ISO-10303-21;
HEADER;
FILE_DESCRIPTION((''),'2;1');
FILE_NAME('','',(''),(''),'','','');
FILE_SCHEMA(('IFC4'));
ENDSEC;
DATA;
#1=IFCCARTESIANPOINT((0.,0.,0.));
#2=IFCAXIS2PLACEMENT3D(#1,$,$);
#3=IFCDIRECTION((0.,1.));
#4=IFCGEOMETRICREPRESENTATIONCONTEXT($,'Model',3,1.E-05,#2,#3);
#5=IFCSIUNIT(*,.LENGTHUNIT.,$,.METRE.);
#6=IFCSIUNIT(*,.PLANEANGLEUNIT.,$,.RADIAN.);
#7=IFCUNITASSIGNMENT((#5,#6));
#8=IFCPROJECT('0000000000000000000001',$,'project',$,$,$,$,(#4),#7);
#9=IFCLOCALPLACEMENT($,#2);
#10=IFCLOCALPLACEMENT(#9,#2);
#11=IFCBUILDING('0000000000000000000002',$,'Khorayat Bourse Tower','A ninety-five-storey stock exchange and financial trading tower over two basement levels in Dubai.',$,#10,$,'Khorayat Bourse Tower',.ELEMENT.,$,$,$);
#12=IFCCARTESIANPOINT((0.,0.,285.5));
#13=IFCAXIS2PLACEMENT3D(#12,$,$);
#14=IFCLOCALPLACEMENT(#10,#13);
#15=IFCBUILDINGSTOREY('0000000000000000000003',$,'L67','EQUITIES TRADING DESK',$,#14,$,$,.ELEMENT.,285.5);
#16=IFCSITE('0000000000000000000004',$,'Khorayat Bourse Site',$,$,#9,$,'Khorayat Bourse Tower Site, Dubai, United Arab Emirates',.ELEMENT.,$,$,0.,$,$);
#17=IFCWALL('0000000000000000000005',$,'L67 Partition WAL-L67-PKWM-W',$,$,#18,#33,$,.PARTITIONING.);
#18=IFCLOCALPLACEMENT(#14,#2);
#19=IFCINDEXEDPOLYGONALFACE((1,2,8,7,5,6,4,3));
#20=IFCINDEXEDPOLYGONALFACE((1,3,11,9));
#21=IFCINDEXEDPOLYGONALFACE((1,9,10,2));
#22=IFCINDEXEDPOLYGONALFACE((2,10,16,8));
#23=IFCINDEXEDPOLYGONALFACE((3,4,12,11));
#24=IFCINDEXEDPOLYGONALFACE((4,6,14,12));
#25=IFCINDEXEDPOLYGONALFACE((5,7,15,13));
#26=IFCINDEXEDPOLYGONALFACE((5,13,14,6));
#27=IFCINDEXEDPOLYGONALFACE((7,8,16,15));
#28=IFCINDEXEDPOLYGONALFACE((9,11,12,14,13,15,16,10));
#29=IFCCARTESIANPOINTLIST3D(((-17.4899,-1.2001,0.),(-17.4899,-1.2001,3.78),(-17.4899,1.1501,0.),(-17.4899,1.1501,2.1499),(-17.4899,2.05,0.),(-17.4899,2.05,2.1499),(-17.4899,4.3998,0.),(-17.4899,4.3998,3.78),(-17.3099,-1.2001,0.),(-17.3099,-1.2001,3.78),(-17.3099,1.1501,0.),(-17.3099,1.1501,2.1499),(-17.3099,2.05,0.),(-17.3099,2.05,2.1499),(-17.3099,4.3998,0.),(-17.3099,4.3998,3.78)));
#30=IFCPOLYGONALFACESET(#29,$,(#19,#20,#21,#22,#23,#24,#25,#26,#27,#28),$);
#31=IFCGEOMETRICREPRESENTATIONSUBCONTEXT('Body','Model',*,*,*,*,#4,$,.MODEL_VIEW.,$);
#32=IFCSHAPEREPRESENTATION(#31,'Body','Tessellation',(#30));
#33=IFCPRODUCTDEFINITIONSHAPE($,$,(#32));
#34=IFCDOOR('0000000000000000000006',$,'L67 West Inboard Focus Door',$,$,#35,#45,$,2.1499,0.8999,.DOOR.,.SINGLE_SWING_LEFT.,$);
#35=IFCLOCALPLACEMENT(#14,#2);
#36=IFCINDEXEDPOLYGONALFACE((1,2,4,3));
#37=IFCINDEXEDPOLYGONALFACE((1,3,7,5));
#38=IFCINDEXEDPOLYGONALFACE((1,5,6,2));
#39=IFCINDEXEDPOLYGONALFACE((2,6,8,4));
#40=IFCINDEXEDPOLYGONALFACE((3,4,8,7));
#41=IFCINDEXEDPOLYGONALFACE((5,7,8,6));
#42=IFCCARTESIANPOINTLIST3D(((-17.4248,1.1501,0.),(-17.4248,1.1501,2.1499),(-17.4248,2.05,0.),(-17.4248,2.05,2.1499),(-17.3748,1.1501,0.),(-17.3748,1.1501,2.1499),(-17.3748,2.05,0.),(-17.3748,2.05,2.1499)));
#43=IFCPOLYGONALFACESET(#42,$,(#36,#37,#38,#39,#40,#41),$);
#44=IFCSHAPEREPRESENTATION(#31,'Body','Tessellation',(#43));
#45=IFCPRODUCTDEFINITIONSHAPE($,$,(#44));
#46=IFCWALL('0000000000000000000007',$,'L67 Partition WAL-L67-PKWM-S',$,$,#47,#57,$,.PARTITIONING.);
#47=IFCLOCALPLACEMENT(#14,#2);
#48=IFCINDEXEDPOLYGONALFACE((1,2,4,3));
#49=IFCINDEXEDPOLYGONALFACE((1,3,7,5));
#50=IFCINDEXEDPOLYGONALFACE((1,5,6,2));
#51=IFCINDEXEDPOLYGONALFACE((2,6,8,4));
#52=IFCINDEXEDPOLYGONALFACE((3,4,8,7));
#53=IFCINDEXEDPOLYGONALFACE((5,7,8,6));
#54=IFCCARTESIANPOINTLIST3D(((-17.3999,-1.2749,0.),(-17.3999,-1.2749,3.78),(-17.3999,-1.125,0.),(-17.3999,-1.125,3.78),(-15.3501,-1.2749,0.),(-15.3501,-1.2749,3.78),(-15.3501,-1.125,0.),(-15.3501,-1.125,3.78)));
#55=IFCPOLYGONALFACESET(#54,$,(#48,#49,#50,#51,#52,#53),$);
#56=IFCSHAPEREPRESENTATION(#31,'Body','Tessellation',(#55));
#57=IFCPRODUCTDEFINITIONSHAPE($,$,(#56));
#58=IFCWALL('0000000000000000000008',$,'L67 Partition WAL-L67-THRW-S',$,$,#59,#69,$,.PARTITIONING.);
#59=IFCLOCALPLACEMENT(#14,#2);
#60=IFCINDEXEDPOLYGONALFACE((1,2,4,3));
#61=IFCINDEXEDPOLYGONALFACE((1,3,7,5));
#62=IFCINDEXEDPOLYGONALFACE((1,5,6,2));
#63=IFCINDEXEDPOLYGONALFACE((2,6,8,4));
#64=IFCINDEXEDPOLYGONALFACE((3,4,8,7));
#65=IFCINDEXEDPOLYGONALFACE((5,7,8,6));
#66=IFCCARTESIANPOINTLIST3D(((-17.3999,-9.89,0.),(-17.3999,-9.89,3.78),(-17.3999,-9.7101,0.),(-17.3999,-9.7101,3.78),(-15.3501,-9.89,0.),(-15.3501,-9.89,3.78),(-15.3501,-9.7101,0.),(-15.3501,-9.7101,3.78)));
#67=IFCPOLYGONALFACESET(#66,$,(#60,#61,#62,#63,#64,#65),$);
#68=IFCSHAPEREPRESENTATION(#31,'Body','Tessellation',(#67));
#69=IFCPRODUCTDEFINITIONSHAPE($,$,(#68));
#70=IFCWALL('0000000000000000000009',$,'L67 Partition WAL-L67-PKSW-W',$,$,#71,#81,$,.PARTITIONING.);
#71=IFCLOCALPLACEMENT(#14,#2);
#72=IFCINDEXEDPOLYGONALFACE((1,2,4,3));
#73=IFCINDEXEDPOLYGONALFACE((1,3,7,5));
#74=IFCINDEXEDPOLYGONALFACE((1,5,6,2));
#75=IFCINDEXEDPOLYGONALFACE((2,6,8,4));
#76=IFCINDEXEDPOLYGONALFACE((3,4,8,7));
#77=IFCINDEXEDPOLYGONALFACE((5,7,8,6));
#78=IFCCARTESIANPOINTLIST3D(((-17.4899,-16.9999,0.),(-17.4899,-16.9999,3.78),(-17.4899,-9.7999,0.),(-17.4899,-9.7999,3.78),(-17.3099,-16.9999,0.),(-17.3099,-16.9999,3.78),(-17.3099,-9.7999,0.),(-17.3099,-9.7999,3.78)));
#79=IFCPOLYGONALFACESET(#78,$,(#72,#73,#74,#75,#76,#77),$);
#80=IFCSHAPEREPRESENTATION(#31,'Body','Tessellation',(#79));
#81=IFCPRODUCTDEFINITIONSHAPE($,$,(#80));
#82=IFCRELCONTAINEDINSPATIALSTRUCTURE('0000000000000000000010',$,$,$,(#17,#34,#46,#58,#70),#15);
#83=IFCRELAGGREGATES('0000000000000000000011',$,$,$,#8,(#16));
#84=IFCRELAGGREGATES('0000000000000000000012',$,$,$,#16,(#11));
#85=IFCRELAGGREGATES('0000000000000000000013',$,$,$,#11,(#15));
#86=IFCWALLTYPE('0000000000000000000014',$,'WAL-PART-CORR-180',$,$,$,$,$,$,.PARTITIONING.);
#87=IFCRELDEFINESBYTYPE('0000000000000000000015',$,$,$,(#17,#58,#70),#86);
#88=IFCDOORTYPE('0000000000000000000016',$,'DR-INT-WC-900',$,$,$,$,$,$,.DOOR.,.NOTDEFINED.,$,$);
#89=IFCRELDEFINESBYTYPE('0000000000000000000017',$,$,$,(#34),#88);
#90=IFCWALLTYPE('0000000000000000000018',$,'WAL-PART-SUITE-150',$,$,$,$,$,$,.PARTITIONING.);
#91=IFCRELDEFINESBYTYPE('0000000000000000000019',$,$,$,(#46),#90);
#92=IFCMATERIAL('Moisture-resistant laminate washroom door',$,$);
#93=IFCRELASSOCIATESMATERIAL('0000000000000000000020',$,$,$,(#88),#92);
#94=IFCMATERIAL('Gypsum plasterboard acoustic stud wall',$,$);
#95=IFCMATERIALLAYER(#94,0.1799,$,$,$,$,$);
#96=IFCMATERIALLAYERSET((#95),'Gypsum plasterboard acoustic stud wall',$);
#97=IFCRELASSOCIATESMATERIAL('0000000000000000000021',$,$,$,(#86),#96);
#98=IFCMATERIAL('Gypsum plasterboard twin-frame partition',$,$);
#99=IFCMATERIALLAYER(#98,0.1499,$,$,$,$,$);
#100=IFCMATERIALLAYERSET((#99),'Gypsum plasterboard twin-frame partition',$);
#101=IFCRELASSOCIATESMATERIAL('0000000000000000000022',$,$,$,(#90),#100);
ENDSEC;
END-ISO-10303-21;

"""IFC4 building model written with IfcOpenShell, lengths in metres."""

from ifc_helpers import new_model, si_unit, direction, frame, frame_2d, origin, place, context, subcontext, project, spatial, rectangle, extrude, source, transform, mapped, material, layer, layer_set, type_object, element, fill, save


model = new_model("IFC4")

# Units and contexts
model_context = context("Model", 3, precision=1e-05, world=origin(), true_north=direction((0.0, 1.0)))
body_context = subcontext(model_context, "Body", "Model", "MODEL_VIEW")
ifc_project = project(units=[si_unit("LENGTHUNIT", "METRE"), si_unit("PLANEANGLEUNIT", "RADIAN")], contexts=[model_context])

# Site, building, storey
site_placement = place(None, origin())
site = spatial("IfcSite", under=ifc_project, at=site_placement, Name="Khorayat Bourse Site", LongName="Khorayat Bourse Tower Site, Dubai, United Arab Emirates", CompositionType="ELEMENT", RefElevation=0.0)
building_placement = place(site_placement, origin())
building = spatial("IfcBuilding", under=site, at=building_placement, Name="Khorayat Bourse Tower", Description="A ninety-five-storey stock exchange and financial trading tower over two basement levels in Dubai.", LongName="Khorayat Bourse Tower", CompositionType="ELEMENT")
storey_placement = place(building_placement, frame((0.0, 0.0, 285.5)))
storey = spatial("IfcBuildingStorey", under=building, at=storey_placement, Name="L67", Description="EQUITIES TRADING DESK", CompositionType="ELEMENT", Elevation=285.5)

# Shared definitions
ifc_material_1 = material(Name="Moisture-resistant laminate washroom door")
door_type_1 = type_object("IfcDoorType", Name="DR-INT-WC-900", OperationType="NOTDEFINED", PredefinedType="DOOR", material=ifc_material_1)
shared_shape_1 = source(origin(), body_context, "Body", "SweptSolid", [
    extrude(rectangle(XDim=0.8999, YDim=2.1499, at=frame_2d((0.45, 1.075))), frame((0.0, 0.0249, 0.0), z_axis=(0.0, -1.0, 0.0), x_axis=(1.0, 0.0, 0.0)), (0.0, 0.0, 1.0), 0.05),
])

# Shared definitions
ifc_material_2 = material(Name="Gypsum plasterboard acoustic stud wall")
ifc_layer_1 = layer(ifc_material_2, 0.1799)
ifc_layer_set_1 = layer_set([ifc_layer_1], Name="Gypsum plasterboard acoustic stud wall")
wall_type_1 = type_object("IfcWallType", Name="WAL-PART-CORR-180", PredefinedType="PARTITIONING", material=ifc_layer_set_1)

# Wall, opening, door
shared_shape_2 = source(origin(), body_context, "Body", "SweptSolid", [
    extrude(rectangle(XDim=5.5999, YDim=0.1799, at=frame_2d((2.7998, 0.0))), origin(), (0.0, 0.0, 1.0), 3.78),
])
wall_1_placement = place(storey_placement, frame((-17.3999, -1.2, 0.0), z_axis=(0.0, 0.0, 1.0), x_axis=(0.0, 1.0, 0.0)))
wall_1 = element("IfcWall", 1, at=wall_1_placement, inside=storey, type_object=wall_type_1, Name="L67 Partition WAL-L67-PKWM-W", PredefinedType="PARTITIONING", context=body_context, shape_type="MappedRepresentation", body=[
    mapped(shared_shape_2, transform((0.0, 0.0, 0.0), scale=1.0)),
])
shared_shape_3 = source(origin(), body_context, "Body", "SweptSolid", [
    extrude(rectangle(XDim=0.8999, YDim=2.1499, at=frame_2d((0.45, 1.075))), frame((0.0, 0.0999, 0.0), z_axis=(0.0, -1.0, 0.0), x_axis=(1.0, 0.0, 0.0)), (0.0, 0.0, 1.0), 0.2),
])
opening_1_placement = place(wall_1_placement, frame((2.3501, 0.0, 0.0)))
opening_1 = element("IfcOpeningElement", 2, at=opening_1_placement, cuts=wall_1, PredefinedType="OPENING", context=body_context, shape_type="MappedRepresentation", body=[
    mapped(shared_shape_3, transform((0.0, 0.0, 0.0), scale=1.0)),
])
door_1_placement = place(opening_1_placement, origin())
door_1 = element("IfcDoor", 3, at=door_1_placement, inside=storey, type_object=door_type_1, Name="L67 West Inboard Focus Door", OperationType="SINGLE_SWING_LEFT", OverallHeight=2.1499, OverallWidth=0.8999, PredefinedType="DOOR", context=body_context, shape_type="MappedRepresentation", body=[
    mapped(shared_shape_1, transform((0.0, 0.0, 0.0), scale=1.0)),
])
fill(opening_1, door_1)

# Walls
ifc_material_3 = material(Name="Gypsum plasterboard twin-frame partition")
ifc_layer_2 = layer(ifc_material_3, 0.1499)
ifc_layer_set_2 = layer_set([ifc_layer_2], Name="Gypsum plasterboard twin-frame partition")
wall_type_2 = type_object("IfcWallType", Name="WAL-PART-SUITE-150", PredefinedType="PARTITIONING", material=ifc_layer_set_2)
shared_shape_4 = source(origin(), body_context, "Body", "SweptSolid", [
    extrude(rectangle(XDim=2.0498, YDim=0.1499, at=frame_2d((1.0249, 0.0))), origin(), (0.0, 0.0, 1.0), 3.78),
])
wall_2_placement = place(storey_placement, frame((-17.3999, -1.2, 0.0), z_axis=(0.0, 0.0, 1.0), x_axis=(1.0, 0.0, 0.0)))
element("IfcWall", 4, at=wall_2_placement, inside=storey, type_object=wall_type_2, Name="L67 Partition WAL-L67-PKWM-S", PredefinedType="PARTITIONING", context=body_context, shape_type="MappedRepresentation", body=[
    mapped(shared_shape_4, transform((0.0, 0.0, 0.0), scale=1.0)),
])
shared_shape_5 = source(origin(), body_context, "Body", "SweptSolid", [
    extrude(rectangle(XDim=2.0498, YDim=0.1799, at=frame_2d((1.0249, 0.0))), origin(), (0.0, 0.0, 1.0), 3.78),
])
wall_3_placement = place(storey_placement, frame((-17.3999, -9.8, 0.0), z_axis=(0.0, 0.0, 1.0), x_axis=(1.0, 0.0, 0.0)))
element("IfcWall", 5, at=wall_3_placement, inside=storey, type_object=wall_type_1, Name="L67 Partition WAL-L67-THRW-S", PredefinedType="PARTITIONING", context=body_context, shape_type="MappedRepresentation", body=[
    mapped(shared_shape_5, transform((0.0, 0.0, 0.0), scale=1.0)),
])
shared_shape_6 = source(origin(), body_context, "Body", "SweptSolid", [
    extrude(rectangle(XDim=7.2, YDim=0.1799, at=frame_2d((3.6001, 0.0))), origin(), (0.0, 0.0, 1.0), 3.78),
])
wall_4_placement = place(storey_placement, frame((-17.3999, -17.0, 0.0), z_axis=(0.0, 0.0, 1.0), x_axis=(0.0, 1.0, 0.0)))
element("IfcWall", 6, at=wall_4_placement, inside=storey, type_object=wall_type_1, Name="L67 Partition WAL-L67-PKSW-W", PredefinedType="PARTITIONING", context=body_context, shape_type="MappedRepresentation", body=[
    mapped(shared_shape_6, transform((0.0, 0.0, 0.0), scale=1.0)),
])

save(model, "model.ifc")
